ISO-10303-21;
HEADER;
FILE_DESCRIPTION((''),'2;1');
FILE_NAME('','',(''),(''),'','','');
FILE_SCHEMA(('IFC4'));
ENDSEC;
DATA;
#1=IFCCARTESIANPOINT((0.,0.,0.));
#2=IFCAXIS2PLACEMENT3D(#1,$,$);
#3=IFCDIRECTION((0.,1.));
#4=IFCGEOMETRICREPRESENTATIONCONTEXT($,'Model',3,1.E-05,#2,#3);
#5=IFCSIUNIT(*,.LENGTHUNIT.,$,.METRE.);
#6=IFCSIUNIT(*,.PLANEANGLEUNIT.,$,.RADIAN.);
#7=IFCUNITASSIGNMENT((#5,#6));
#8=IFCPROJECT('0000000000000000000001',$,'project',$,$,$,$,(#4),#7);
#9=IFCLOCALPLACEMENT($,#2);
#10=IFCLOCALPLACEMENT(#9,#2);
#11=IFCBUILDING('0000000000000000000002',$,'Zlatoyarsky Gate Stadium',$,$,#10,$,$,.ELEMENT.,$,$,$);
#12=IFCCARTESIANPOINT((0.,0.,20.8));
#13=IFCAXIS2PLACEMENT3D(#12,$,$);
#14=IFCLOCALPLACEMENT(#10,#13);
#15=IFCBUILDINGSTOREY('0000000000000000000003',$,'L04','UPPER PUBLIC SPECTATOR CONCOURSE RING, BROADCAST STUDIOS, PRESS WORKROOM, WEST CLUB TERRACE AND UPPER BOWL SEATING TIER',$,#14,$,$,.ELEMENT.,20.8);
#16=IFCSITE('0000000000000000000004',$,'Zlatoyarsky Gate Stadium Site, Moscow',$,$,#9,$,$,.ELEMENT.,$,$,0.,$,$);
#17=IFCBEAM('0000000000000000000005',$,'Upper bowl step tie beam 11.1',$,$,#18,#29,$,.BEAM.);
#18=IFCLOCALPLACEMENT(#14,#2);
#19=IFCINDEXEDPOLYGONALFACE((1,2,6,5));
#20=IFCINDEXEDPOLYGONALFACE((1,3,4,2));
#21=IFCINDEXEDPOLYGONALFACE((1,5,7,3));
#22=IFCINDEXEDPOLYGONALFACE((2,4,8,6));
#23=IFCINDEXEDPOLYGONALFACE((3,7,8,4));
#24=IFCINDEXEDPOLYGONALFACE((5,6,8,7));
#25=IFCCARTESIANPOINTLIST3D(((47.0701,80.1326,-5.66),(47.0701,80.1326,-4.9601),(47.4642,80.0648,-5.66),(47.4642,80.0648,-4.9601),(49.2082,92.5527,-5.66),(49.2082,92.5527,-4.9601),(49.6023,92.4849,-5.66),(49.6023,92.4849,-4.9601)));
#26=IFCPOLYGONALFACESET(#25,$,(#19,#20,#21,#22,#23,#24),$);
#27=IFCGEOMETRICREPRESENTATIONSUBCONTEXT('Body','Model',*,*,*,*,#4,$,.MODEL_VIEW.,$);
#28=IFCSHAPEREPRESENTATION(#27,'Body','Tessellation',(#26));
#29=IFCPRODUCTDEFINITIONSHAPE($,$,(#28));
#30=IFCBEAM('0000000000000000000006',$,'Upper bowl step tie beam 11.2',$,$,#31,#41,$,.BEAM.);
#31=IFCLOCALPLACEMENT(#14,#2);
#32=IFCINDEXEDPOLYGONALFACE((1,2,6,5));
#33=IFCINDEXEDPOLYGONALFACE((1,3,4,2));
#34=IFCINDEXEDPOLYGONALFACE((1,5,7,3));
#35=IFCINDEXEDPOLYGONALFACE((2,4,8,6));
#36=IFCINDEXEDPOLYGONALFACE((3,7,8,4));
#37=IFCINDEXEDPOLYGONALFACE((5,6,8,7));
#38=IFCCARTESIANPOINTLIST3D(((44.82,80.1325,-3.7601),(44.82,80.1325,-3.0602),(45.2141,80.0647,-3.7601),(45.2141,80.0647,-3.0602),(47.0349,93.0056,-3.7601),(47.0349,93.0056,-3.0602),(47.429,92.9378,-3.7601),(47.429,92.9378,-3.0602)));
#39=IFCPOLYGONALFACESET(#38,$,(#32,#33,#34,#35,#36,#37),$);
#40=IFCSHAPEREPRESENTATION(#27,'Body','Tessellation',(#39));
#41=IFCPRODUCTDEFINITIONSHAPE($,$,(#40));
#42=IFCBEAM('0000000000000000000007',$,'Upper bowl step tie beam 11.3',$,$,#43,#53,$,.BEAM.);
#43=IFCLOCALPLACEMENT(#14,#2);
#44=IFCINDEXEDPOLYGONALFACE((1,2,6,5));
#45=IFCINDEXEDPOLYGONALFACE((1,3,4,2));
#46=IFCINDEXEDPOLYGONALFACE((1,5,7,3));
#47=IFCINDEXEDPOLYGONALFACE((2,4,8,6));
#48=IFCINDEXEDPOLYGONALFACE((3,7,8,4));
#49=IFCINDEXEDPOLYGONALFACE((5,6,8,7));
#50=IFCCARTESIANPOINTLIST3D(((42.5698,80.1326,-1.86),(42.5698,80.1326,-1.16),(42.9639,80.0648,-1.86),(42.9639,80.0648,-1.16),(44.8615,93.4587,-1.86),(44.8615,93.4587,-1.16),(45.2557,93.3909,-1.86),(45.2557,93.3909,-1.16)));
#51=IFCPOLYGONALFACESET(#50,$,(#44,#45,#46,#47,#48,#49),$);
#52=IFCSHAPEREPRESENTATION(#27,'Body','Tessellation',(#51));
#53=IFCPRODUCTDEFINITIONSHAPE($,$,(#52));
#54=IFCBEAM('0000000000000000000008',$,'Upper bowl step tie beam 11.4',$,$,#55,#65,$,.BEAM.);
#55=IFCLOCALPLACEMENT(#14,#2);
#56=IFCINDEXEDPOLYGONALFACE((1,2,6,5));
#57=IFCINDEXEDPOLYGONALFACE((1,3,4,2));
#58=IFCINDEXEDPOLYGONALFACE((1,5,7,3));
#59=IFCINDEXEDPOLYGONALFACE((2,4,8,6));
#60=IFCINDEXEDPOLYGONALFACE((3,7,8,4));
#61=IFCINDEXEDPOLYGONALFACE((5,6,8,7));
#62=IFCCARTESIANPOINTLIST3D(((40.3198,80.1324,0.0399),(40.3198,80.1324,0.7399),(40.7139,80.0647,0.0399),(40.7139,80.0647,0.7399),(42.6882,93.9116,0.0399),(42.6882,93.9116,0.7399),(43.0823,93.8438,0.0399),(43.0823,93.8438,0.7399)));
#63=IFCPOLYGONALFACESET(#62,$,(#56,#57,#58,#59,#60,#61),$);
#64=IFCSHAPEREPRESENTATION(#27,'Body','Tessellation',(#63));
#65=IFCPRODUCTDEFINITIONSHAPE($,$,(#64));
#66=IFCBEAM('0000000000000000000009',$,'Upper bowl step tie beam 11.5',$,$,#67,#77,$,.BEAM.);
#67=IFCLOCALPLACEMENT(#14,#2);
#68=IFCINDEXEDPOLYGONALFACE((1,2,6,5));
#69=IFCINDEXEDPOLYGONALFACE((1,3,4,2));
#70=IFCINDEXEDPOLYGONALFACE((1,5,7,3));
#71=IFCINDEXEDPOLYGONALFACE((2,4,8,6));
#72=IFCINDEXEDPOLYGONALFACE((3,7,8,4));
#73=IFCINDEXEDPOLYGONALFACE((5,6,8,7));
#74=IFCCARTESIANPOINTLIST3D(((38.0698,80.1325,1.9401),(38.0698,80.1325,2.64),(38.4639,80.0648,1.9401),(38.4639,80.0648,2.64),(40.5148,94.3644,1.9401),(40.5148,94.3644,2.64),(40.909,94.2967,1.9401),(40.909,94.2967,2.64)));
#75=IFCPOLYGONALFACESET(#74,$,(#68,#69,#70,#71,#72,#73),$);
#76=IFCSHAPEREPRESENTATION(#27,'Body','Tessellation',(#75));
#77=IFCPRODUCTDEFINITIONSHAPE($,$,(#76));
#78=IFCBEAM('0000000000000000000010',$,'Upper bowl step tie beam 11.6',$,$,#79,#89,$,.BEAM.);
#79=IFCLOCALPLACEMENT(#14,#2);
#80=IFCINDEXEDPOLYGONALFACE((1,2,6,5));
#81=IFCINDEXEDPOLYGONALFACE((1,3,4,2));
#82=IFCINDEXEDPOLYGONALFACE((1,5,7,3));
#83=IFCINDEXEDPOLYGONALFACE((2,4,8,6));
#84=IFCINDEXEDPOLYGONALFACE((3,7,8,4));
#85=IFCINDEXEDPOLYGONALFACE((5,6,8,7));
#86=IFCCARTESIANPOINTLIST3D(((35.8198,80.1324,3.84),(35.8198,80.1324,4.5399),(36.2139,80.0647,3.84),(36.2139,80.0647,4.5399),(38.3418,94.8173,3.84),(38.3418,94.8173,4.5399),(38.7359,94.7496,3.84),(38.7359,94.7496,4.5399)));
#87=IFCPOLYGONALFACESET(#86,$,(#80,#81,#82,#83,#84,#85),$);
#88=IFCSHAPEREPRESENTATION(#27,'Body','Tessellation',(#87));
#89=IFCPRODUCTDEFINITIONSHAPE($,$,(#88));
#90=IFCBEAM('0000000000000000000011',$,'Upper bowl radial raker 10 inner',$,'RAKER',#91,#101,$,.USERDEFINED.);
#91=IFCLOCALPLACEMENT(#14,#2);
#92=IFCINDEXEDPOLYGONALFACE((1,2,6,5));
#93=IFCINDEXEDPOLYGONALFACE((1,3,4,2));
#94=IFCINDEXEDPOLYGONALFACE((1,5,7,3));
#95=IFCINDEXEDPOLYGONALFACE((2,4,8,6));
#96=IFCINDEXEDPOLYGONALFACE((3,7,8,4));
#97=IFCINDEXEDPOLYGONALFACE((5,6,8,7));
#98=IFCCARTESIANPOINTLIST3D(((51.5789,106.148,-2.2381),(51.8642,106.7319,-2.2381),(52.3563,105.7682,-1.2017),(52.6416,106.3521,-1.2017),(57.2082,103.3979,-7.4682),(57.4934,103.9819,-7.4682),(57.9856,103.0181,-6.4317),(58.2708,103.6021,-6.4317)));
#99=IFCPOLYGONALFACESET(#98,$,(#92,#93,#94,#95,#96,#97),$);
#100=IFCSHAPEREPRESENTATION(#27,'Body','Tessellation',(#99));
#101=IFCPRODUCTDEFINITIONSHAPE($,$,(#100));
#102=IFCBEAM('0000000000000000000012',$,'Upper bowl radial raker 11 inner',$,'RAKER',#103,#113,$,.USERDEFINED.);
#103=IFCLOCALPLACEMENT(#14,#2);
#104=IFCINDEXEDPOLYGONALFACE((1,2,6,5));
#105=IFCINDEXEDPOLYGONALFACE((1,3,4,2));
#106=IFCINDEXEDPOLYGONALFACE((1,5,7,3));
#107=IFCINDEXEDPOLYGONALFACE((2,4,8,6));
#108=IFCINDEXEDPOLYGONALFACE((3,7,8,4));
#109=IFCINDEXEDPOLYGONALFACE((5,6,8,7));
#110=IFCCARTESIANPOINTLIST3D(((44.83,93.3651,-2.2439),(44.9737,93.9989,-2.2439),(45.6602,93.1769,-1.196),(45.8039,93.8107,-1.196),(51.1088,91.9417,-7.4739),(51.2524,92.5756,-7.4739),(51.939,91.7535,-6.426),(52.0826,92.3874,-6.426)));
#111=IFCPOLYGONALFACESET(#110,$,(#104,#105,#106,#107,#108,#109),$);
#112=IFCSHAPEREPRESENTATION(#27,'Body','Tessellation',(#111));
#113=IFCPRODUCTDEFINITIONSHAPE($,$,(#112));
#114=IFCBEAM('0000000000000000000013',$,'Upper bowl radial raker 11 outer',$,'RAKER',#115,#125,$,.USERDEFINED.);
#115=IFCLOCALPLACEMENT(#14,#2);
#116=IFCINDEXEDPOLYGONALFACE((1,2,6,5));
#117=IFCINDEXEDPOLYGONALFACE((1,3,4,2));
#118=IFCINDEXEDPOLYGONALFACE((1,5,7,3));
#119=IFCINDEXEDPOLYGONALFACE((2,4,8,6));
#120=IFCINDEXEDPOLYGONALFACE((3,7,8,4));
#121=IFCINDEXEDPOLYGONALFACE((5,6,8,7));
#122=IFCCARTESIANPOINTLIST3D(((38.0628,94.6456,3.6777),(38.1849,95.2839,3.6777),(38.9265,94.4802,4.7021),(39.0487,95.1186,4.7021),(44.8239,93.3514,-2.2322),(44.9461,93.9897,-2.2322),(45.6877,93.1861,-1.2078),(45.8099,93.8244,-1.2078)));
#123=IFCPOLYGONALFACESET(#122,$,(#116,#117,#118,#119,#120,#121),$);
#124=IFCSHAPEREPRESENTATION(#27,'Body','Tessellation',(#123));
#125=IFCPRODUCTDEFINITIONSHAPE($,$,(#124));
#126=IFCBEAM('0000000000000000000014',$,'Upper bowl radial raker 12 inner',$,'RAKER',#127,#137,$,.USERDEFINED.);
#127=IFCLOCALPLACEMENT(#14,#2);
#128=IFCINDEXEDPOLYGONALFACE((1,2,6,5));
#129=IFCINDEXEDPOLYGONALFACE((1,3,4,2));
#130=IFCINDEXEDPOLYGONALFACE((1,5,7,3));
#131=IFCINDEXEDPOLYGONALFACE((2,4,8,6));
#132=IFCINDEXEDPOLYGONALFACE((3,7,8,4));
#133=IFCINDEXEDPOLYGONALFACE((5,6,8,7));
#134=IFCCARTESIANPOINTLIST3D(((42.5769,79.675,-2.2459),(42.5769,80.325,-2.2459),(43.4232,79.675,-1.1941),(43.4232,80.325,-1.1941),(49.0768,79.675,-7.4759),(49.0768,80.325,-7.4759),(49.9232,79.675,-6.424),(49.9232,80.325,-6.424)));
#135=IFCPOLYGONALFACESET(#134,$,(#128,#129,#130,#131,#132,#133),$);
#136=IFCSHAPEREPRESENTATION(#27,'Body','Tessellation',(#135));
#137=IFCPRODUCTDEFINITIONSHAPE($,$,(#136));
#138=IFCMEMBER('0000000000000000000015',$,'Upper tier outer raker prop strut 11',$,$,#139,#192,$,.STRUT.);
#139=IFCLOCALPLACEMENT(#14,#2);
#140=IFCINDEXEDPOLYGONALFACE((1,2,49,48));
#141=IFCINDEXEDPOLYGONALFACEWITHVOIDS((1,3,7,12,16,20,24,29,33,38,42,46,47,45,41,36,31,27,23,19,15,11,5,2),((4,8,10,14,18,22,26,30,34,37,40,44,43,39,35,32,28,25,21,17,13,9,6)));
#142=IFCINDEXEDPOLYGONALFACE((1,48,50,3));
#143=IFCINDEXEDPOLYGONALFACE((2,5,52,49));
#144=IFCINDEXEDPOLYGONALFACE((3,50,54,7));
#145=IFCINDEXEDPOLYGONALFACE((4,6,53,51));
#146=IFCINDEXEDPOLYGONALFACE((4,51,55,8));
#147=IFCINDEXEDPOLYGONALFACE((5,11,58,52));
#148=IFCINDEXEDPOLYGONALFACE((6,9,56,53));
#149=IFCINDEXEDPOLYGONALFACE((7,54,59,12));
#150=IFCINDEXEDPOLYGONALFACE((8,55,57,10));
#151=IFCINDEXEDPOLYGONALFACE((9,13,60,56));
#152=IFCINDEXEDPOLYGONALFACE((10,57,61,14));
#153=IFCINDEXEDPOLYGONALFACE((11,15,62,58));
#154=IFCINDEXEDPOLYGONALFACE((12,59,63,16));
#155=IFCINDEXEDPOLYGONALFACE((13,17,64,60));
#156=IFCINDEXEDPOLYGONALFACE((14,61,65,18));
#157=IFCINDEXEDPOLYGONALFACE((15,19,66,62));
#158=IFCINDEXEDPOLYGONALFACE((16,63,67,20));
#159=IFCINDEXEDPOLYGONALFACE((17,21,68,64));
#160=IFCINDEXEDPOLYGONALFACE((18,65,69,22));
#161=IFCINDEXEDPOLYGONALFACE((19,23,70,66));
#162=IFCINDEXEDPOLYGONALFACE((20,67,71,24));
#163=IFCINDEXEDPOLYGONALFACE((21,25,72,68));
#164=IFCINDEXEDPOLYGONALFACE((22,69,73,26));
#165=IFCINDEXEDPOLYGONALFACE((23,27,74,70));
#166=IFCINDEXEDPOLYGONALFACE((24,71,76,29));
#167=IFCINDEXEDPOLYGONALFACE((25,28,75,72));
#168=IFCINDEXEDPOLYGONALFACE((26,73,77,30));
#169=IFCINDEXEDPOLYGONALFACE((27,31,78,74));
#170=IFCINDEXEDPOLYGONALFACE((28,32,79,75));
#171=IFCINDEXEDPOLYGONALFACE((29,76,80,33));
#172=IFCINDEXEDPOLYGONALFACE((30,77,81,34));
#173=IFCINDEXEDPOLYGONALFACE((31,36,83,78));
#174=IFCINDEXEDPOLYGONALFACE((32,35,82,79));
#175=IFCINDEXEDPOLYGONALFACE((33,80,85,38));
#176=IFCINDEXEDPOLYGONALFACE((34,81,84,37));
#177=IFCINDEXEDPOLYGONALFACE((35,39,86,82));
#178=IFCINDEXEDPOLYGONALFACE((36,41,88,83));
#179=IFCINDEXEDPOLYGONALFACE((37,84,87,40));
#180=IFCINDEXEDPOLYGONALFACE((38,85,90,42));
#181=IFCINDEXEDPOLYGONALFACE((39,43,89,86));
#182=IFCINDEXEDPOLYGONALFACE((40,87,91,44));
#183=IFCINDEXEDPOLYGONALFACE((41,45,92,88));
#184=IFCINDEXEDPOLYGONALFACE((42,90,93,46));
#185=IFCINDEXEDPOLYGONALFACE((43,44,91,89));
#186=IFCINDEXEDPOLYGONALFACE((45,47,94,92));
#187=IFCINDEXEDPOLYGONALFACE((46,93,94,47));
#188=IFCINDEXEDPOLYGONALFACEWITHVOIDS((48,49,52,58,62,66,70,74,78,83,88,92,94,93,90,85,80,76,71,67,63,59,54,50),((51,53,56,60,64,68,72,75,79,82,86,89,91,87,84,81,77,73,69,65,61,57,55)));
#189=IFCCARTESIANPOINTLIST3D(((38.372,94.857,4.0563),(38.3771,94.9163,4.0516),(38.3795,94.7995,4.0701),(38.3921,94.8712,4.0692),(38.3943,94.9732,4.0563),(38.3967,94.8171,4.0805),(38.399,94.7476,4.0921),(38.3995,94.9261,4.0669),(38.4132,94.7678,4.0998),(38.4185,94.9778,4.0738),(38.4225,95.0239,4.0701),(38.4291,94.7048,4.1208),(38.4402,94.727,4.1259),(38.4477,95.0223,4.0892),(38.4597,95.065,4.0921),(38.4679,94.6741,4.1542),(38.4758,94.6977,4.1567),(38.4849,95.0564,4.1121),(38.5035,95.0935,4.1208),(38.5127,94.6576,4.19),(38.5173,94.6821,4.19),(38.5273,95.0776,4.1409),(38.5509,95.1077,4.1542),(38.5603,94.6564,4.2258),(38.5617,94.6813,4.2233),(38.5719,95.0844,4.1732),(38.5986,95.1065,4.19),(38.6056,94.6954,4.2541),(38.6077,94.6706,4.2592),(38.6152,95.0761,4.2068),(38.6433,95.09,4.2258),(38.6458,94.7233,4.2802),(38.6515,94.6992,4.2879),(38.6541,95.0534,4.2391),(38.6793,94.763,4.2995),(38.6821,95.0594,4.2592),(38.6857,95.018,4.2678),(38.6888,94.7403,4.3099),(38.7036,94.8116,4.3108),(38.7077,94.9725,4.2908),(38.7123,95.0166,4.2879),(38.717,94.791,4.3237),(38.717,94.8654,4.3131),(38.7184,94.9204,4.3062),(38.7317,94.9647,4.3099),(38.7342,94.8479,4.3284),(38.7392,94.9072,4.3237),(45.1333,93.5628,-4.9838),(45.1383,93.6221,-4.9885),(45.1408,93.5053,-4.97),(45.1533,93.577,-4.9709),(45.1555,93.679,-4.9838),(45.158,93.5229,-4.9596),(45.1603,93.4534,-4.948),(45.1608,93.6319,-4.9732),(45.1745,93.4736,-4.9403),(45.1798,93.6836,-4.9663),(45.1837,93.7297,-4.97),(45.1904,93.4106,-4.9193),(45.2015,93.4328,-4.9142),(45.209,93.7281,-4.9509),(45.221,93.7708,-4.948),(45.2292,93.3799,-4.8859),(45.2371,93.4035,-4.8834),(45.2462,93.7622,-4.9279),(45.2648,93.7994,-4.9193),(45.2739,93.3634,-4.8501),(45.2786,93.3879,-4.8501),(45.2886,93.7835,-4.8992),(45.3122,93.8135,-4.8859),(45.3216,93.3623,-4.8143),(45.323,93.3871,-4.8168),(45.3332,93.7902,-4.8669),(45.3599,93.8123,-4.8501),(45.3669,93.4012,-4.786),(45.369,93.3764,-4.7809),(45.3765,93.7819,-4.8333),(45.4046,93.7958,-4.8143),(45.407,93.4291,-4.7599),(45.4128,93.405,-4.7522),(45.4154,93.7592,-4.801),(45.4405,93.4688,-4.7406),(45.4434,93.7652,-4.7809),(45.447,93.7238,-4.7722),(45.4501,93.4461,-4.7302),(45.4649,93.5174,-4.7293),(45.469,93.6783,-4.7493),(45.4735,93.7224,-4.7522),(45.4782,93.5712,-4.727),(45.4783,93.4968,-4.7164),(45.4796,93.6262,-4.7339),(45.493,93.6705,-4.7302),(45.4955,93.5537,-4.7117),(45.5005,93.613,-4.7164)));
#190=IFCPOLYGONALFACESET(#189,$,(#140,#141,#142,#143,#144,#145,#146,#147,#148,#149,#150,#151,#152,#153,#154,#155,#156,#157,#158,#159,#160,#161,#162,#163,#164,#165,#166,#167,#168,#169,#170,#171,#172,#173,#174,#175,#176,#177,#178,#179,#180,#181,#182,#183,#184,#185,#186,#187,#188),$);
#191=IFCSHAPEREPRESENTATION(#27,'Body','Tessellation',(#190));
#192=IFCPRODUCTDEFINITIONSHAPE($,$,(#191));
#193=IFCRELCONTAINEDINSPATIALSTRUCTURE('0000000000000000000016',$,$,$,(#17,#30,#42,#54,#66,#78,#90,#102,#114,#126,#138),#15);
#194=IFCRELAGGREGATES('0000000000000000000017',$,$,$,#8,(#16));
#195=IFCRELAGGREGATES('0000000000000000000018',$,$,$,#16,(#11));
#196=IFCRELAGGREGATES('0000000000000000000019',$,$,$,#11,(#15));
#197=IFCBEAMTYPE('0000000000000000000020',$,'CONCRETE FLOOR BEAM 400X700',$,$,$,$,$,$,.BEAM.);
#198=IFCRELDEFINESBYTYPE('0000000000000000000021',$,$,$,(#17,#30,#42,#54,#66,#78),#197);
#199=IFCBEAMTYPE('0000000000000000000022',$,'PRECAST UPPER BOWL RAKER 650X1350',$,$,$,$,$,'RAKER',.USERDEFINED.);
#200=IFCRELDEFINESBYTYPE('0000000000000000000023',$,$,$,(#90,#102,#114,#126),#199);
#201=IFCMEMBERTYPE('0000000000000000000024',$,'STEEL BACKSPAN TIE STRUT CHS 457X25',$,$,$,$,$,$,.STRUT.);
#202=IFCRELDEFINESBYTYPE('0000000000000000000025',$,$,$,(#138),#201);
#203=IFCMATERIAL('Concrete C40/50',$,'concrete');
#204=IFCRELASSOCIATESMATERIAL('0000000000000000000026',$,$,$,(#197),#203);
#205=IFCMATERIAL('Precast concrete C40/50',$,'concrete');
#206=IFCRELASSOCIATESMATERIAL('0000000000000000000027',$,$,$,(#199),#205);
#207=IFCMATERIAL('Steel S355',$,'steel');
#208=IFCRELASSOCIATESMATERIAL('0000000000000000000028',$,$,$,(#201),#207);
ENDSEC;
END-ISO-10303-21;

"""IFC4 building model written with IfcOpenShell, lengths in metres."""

from ifc_helpers import new_model, si_unit, direction, frame, origin, origin_2d, place, context, subcontext, project, spatial, rectangle, hollow_circle, extrude, material, material_profile, profile_set, type_object, element, save


model = new_model("IFC4")

# Units and contexts
model_context = context("Model", 3, precision=1e-05, world=origin(), true_north=direction((0.0, 1.0)))
body_context = subcontext(model_context, "Body", "Model", "MODEL_VIEW")
ifc_project = project(units=[si_unit("LENGTHUNIT", "METRE"), si_unit("PLANEANGLEUNIT", "RADIAN")], contexts=[model_context])

# Site, building, storey
site_placement = place(None, origin())
site = spatial("IfcSite", under=ifc_project, at=site_placement, Name="Zlatoyarsky Gate Stadium Site, Moscow", CompositionType="ELEMENT", RefElevation=0.0)
building_placement = place(site_placement, origin())
building = spatial("IfcBuilding", under=site, at=building_placement, Name="Zlatoyarsky Gate Stadium", CompositionType="ELEMENT")
storey_placement = place(building_placement, frame((0.0, 0.0, 20.8)))
storey = spatial("IfcBuildingStorey", under=building, at=storey_placement, Name="L04", Description="UPPER PUBLIC SPECTATOR CONCOURSE RING, BROADCAST STUDIOS, PRESS WORKROOM, WEST CLUB TERRACE AND UPPER BOWL SEATING TIER", CompositionType="ELEMENT", Elevation=20.8)

# Beams
ifc_material_1 = material(Name="Concrete C40/50", Category="concrete")
ifc_material_profile_1 = material_profile(ifc_material_1, rectangle(XDim=0.3999, YDim=0.7, at=origin_2d()), Name="RC BEAM 400X700")
ifc_profile_set_1 = profile_set([ifc_material_profile_1], Name="Concrete C40/50")
beam_type_1 = type_object("IfcBeamType", Name="CONCRETE FLOOR BEAM 400X700", PredefinedType="BEAM", material=ifc_profile_set_1)
beam_1_placement = place(storey_placement, frame((49.4053, 92.5188, -5.3101), z_axis=(-0.169658, -0.985503, 0.0), x_axis=(0.985503, -0.169658, 0.0)))
element("IfcBeam", 1, at=beam_1_placement, inside=storey, type_object=beam_type_1, Name="Upper bowl step tie beam 11.1", PredefinedType="BEAM", context=body_context, shape_type="SweptSolid", body=[
    extrude(rectangle(XDim=0.3999, YDim=0.7, at=origin_2d()), origin(), (0.0, 0.0, 1.0), 12.6028),
])
beam_2_placement = place(storey_placement, frame((47.2319, 92.9717, -3.4102), z_axis=(-0.169561, -0.98552, 0.0), x_axis=(0.98552, -0.169561, 0.0)))
element("IfcBeam", 2, at=beam_2_placement, inside=storey, type_object=beam_type_1, Name="Upper bowl step tie beam 11.2", PredefinedType="BEAM", context=body_context, shape_type="SweptSolid", body=[
    extrude(rectangle(XDim=0.3999, YDim=0.7, at=origin_2d()), origin(), (0.0, 0.0, 1.0), 13.0623),
])
beam_3_placement = place(storey_placement, frame((45.0586, 93.4248, -1.51), z_axis=(-0.169485, -0.985533, 0.0), x_axis=(0.985533, -0.169485, 0.0)))
element("IfcBeam", 3, at=beam_3_placement, inside=storey, type_object=beam_type_1, Name="Upper bowl step tie beam 11.3", PredefinedType="BEAM", context=body_context, shape_type="SweptSolid", body=[
    extrude(rectangle(XDim=0.3999, YDim=0.7, at=origin_2d()), origin(), (0.0, 0.0, 1.0), 13.5217),
])
beam_4_placement = place(storey_placement, frame((42.8853, 93.8777, 0.3899), z_axis=(-0.1694, -0.985547, 0.0), x_axis=(0.985547, -0.1694, 0.0)))
element("IfcBeam", 4, at=beam_4_placement, inside=storey, type_object=beam_type_1, Name="Upper bowl step tie beam 11.4", PredefinedType="BEAM", context=body_context, shape_type="SweptSolid", body=[
    extrude(rectangle(XDim=0.3999, YDim=0.7, at=origin_2d()), origin(), (0.0, 0.0, 1.0), 13.9812),
])
beam_5_placement = place(storey_placement, frame((40.7119, 94.3306, 2.29), z_axis=(-0.169321, -0.985561, 0.0), x_axis=(0.985561, -0.169321, 0.0)))
element("IfcBeam", 5, at=beam_5_placement, inside=storey, type_object=beam_type_1, Name="Upper bowl step tie beam 11.5", PredefinedType="BEAM", context=body_context, shape_type="SweptSolid", body=[
    extrude(rectangle(XDim=0.3999, YDim=0.7, at=origin_2d()), origin(), (0.0, 0.0, 1.0), 14.4404),
])
beam_6_placement = place(storey_placement, frame((38.5388, 94.7834, 4.1899), z_axis=(-0.169262, -0.985571, 0.0), x_axis=(0.985571, -0.169262, 0.0)))
element("IfcBeam", 6, at=beam_6_placement, inside=storey, type_object=beam_type_1, Name="Upper bowl step tie beam 11.6", PredefinedType="BEAM", context=body_context, shape_type="SweptSolid", body=[
    extrude(rectangle(XDim=0.3999, YDim=0.7, at=origin_2d()), origin(), (0.0, 0.0, 1.0), 14.8999),
])
ifc_material_2 = material(Name="Precast concrete C40/50", Category="concrete")
ifc_material_profile_2 = material_profile(ifc_material_2, rectangle(XDim=0.6499, YDim=1.3501, at=origin_2d()), Name="PC RAKER 650X1350")
ifc_profile_set_2 = profile_set([ifc_material_profile_2], Name="Precast concrete C40/50")
beam_type_2 = type_object("IfcBeamType", Name="PRECAST UPPER BOWL RAKER 650X1350", ElementType="RAKER", PredefinedType="USERDEFINED", material=ifc_profile_set_2)
beam_7_placement = place(storey_placement, frame((57.7395, 103.5, -6.95), z_axis=(-0.689759, 0.336967, 0.640848), x_axis=(-0.438949, -0.898512, 0.0)))
element("IfcBeam", 7, at=beam_7_placement, inside=storey, type_object=beam_type_2, Name="Upper bowl radial raker 10 inner", ObjectType="RAKER", PredefinedType="USERDEFINED", context=body_context, shape_type="SweptSolid", body=[
    extrude(rectangle(XDim=0.6499, YDim=1.3501, at=origin_2d()), origin(), (0.0, 0.0, 1.0), 8.1611),
])
beam_8_placement = place(storey_placement, frame((51.5957, 92.1646, -6.95), z_axis=(-0.756966, 0.171596, 0.630521), x_axis=(-0.22108, -0.975256, 0.0)))
element("IfcBeam", 8, at=beam_8_placement, inside=storey, type_object=beam_type_2, Name="Upper bowl radial raker 11 inner", ObjectType="RAKER", PredefinedType="USERDEFINED", context=body_context, shape_type="SweptSolid", body=[
    extrude(rectangle(XDim=0.6499, YDim=1.3501, at=origin_2d()), origin(), (0.0, 0.0, 1.0), 8.2947),
])
beam_9_placement = place(storey_placement, frame((45.3169, 93.5879, -1.72), z_axis=(-0.745217, 0.142645, 0.651386), x_axis=(-0.188, -0.982169, 0.0)))
element("IfcBeam", 9, at=beam_9_placement, inside=storey, type_object=beam_type_2, Name="Upper bowl radial raker 11 outer", ObjectType="RAKER", PredefinedType="USERDEFINED", context=body_context, shape_type="SweptSolid", body=[
    extrude(rectangle(XDim=0.6499, YDim=1.3501, at=origin_2d()), origin(), (0.0, 0.0, 1.0), 9.0728),
])
beam_10_placement = place(storey_placement, frame((49.5, 80.0, -6.95), z_axis=(-0.779113, 0.0, 0.626884), x_axis=(0.0, -1.0, 0.0)))
element("IfcBeam", 10, at=beam_10_placement, inside=storey, type_object=beam_type_2, Name="Upper bowl radial raker 12 inner", ObjectType="RAKER", PredefinedType="USERDEFINED", context=body_context, shape_type="SweptSolid", body=[
    extrude(rectangle(XDim=0.6499, YDim=1.3501, at=origin_2d()), origin(), (0.0, 0.0, 1.0), 8.3428),
])

# Member
ifc_material_3 = material(Name="Steel S355", Category="steel")
ifc_material_profile_3 = material_profile(ifc_material_3, hollow_circle(Radius=0.2285, WallThickness=0.0249, at=origin_2d()), Name="CHS 457X25")
ifc_profile_set_3 = profile_set([ifc_material_profile_3], Name="Steel S355")
member_type = type_object("IfcMemberType", Name="STEEL BACKSPAN TIE STRUT CHS 457X25", PredefinedType="STRUT", material=ifc_profile_set_3)
member_placement = place(storey_placement, frame((45.3169, 93.5879, -4.8501), z_axis=(-0.595036, 0.113898, 0.795587), x_axis=(-0.188, -0.982169, 0.0)))
element("IfcMember", 11, at=member_placement, inside=storey, type_object=member_type, Name="Upper tier outer raker prop strut 11", PredefinedType="STRUT", context=body_context, shape_type="SweptSolid", body=[
    extrude(hollow_circle(Radius=0.2285, WallThickness=0.0249, at=origin_2d()), origin(), (0.0, 0.0, 1.0), 11.3628),
])

save(model, "model.ifc")
